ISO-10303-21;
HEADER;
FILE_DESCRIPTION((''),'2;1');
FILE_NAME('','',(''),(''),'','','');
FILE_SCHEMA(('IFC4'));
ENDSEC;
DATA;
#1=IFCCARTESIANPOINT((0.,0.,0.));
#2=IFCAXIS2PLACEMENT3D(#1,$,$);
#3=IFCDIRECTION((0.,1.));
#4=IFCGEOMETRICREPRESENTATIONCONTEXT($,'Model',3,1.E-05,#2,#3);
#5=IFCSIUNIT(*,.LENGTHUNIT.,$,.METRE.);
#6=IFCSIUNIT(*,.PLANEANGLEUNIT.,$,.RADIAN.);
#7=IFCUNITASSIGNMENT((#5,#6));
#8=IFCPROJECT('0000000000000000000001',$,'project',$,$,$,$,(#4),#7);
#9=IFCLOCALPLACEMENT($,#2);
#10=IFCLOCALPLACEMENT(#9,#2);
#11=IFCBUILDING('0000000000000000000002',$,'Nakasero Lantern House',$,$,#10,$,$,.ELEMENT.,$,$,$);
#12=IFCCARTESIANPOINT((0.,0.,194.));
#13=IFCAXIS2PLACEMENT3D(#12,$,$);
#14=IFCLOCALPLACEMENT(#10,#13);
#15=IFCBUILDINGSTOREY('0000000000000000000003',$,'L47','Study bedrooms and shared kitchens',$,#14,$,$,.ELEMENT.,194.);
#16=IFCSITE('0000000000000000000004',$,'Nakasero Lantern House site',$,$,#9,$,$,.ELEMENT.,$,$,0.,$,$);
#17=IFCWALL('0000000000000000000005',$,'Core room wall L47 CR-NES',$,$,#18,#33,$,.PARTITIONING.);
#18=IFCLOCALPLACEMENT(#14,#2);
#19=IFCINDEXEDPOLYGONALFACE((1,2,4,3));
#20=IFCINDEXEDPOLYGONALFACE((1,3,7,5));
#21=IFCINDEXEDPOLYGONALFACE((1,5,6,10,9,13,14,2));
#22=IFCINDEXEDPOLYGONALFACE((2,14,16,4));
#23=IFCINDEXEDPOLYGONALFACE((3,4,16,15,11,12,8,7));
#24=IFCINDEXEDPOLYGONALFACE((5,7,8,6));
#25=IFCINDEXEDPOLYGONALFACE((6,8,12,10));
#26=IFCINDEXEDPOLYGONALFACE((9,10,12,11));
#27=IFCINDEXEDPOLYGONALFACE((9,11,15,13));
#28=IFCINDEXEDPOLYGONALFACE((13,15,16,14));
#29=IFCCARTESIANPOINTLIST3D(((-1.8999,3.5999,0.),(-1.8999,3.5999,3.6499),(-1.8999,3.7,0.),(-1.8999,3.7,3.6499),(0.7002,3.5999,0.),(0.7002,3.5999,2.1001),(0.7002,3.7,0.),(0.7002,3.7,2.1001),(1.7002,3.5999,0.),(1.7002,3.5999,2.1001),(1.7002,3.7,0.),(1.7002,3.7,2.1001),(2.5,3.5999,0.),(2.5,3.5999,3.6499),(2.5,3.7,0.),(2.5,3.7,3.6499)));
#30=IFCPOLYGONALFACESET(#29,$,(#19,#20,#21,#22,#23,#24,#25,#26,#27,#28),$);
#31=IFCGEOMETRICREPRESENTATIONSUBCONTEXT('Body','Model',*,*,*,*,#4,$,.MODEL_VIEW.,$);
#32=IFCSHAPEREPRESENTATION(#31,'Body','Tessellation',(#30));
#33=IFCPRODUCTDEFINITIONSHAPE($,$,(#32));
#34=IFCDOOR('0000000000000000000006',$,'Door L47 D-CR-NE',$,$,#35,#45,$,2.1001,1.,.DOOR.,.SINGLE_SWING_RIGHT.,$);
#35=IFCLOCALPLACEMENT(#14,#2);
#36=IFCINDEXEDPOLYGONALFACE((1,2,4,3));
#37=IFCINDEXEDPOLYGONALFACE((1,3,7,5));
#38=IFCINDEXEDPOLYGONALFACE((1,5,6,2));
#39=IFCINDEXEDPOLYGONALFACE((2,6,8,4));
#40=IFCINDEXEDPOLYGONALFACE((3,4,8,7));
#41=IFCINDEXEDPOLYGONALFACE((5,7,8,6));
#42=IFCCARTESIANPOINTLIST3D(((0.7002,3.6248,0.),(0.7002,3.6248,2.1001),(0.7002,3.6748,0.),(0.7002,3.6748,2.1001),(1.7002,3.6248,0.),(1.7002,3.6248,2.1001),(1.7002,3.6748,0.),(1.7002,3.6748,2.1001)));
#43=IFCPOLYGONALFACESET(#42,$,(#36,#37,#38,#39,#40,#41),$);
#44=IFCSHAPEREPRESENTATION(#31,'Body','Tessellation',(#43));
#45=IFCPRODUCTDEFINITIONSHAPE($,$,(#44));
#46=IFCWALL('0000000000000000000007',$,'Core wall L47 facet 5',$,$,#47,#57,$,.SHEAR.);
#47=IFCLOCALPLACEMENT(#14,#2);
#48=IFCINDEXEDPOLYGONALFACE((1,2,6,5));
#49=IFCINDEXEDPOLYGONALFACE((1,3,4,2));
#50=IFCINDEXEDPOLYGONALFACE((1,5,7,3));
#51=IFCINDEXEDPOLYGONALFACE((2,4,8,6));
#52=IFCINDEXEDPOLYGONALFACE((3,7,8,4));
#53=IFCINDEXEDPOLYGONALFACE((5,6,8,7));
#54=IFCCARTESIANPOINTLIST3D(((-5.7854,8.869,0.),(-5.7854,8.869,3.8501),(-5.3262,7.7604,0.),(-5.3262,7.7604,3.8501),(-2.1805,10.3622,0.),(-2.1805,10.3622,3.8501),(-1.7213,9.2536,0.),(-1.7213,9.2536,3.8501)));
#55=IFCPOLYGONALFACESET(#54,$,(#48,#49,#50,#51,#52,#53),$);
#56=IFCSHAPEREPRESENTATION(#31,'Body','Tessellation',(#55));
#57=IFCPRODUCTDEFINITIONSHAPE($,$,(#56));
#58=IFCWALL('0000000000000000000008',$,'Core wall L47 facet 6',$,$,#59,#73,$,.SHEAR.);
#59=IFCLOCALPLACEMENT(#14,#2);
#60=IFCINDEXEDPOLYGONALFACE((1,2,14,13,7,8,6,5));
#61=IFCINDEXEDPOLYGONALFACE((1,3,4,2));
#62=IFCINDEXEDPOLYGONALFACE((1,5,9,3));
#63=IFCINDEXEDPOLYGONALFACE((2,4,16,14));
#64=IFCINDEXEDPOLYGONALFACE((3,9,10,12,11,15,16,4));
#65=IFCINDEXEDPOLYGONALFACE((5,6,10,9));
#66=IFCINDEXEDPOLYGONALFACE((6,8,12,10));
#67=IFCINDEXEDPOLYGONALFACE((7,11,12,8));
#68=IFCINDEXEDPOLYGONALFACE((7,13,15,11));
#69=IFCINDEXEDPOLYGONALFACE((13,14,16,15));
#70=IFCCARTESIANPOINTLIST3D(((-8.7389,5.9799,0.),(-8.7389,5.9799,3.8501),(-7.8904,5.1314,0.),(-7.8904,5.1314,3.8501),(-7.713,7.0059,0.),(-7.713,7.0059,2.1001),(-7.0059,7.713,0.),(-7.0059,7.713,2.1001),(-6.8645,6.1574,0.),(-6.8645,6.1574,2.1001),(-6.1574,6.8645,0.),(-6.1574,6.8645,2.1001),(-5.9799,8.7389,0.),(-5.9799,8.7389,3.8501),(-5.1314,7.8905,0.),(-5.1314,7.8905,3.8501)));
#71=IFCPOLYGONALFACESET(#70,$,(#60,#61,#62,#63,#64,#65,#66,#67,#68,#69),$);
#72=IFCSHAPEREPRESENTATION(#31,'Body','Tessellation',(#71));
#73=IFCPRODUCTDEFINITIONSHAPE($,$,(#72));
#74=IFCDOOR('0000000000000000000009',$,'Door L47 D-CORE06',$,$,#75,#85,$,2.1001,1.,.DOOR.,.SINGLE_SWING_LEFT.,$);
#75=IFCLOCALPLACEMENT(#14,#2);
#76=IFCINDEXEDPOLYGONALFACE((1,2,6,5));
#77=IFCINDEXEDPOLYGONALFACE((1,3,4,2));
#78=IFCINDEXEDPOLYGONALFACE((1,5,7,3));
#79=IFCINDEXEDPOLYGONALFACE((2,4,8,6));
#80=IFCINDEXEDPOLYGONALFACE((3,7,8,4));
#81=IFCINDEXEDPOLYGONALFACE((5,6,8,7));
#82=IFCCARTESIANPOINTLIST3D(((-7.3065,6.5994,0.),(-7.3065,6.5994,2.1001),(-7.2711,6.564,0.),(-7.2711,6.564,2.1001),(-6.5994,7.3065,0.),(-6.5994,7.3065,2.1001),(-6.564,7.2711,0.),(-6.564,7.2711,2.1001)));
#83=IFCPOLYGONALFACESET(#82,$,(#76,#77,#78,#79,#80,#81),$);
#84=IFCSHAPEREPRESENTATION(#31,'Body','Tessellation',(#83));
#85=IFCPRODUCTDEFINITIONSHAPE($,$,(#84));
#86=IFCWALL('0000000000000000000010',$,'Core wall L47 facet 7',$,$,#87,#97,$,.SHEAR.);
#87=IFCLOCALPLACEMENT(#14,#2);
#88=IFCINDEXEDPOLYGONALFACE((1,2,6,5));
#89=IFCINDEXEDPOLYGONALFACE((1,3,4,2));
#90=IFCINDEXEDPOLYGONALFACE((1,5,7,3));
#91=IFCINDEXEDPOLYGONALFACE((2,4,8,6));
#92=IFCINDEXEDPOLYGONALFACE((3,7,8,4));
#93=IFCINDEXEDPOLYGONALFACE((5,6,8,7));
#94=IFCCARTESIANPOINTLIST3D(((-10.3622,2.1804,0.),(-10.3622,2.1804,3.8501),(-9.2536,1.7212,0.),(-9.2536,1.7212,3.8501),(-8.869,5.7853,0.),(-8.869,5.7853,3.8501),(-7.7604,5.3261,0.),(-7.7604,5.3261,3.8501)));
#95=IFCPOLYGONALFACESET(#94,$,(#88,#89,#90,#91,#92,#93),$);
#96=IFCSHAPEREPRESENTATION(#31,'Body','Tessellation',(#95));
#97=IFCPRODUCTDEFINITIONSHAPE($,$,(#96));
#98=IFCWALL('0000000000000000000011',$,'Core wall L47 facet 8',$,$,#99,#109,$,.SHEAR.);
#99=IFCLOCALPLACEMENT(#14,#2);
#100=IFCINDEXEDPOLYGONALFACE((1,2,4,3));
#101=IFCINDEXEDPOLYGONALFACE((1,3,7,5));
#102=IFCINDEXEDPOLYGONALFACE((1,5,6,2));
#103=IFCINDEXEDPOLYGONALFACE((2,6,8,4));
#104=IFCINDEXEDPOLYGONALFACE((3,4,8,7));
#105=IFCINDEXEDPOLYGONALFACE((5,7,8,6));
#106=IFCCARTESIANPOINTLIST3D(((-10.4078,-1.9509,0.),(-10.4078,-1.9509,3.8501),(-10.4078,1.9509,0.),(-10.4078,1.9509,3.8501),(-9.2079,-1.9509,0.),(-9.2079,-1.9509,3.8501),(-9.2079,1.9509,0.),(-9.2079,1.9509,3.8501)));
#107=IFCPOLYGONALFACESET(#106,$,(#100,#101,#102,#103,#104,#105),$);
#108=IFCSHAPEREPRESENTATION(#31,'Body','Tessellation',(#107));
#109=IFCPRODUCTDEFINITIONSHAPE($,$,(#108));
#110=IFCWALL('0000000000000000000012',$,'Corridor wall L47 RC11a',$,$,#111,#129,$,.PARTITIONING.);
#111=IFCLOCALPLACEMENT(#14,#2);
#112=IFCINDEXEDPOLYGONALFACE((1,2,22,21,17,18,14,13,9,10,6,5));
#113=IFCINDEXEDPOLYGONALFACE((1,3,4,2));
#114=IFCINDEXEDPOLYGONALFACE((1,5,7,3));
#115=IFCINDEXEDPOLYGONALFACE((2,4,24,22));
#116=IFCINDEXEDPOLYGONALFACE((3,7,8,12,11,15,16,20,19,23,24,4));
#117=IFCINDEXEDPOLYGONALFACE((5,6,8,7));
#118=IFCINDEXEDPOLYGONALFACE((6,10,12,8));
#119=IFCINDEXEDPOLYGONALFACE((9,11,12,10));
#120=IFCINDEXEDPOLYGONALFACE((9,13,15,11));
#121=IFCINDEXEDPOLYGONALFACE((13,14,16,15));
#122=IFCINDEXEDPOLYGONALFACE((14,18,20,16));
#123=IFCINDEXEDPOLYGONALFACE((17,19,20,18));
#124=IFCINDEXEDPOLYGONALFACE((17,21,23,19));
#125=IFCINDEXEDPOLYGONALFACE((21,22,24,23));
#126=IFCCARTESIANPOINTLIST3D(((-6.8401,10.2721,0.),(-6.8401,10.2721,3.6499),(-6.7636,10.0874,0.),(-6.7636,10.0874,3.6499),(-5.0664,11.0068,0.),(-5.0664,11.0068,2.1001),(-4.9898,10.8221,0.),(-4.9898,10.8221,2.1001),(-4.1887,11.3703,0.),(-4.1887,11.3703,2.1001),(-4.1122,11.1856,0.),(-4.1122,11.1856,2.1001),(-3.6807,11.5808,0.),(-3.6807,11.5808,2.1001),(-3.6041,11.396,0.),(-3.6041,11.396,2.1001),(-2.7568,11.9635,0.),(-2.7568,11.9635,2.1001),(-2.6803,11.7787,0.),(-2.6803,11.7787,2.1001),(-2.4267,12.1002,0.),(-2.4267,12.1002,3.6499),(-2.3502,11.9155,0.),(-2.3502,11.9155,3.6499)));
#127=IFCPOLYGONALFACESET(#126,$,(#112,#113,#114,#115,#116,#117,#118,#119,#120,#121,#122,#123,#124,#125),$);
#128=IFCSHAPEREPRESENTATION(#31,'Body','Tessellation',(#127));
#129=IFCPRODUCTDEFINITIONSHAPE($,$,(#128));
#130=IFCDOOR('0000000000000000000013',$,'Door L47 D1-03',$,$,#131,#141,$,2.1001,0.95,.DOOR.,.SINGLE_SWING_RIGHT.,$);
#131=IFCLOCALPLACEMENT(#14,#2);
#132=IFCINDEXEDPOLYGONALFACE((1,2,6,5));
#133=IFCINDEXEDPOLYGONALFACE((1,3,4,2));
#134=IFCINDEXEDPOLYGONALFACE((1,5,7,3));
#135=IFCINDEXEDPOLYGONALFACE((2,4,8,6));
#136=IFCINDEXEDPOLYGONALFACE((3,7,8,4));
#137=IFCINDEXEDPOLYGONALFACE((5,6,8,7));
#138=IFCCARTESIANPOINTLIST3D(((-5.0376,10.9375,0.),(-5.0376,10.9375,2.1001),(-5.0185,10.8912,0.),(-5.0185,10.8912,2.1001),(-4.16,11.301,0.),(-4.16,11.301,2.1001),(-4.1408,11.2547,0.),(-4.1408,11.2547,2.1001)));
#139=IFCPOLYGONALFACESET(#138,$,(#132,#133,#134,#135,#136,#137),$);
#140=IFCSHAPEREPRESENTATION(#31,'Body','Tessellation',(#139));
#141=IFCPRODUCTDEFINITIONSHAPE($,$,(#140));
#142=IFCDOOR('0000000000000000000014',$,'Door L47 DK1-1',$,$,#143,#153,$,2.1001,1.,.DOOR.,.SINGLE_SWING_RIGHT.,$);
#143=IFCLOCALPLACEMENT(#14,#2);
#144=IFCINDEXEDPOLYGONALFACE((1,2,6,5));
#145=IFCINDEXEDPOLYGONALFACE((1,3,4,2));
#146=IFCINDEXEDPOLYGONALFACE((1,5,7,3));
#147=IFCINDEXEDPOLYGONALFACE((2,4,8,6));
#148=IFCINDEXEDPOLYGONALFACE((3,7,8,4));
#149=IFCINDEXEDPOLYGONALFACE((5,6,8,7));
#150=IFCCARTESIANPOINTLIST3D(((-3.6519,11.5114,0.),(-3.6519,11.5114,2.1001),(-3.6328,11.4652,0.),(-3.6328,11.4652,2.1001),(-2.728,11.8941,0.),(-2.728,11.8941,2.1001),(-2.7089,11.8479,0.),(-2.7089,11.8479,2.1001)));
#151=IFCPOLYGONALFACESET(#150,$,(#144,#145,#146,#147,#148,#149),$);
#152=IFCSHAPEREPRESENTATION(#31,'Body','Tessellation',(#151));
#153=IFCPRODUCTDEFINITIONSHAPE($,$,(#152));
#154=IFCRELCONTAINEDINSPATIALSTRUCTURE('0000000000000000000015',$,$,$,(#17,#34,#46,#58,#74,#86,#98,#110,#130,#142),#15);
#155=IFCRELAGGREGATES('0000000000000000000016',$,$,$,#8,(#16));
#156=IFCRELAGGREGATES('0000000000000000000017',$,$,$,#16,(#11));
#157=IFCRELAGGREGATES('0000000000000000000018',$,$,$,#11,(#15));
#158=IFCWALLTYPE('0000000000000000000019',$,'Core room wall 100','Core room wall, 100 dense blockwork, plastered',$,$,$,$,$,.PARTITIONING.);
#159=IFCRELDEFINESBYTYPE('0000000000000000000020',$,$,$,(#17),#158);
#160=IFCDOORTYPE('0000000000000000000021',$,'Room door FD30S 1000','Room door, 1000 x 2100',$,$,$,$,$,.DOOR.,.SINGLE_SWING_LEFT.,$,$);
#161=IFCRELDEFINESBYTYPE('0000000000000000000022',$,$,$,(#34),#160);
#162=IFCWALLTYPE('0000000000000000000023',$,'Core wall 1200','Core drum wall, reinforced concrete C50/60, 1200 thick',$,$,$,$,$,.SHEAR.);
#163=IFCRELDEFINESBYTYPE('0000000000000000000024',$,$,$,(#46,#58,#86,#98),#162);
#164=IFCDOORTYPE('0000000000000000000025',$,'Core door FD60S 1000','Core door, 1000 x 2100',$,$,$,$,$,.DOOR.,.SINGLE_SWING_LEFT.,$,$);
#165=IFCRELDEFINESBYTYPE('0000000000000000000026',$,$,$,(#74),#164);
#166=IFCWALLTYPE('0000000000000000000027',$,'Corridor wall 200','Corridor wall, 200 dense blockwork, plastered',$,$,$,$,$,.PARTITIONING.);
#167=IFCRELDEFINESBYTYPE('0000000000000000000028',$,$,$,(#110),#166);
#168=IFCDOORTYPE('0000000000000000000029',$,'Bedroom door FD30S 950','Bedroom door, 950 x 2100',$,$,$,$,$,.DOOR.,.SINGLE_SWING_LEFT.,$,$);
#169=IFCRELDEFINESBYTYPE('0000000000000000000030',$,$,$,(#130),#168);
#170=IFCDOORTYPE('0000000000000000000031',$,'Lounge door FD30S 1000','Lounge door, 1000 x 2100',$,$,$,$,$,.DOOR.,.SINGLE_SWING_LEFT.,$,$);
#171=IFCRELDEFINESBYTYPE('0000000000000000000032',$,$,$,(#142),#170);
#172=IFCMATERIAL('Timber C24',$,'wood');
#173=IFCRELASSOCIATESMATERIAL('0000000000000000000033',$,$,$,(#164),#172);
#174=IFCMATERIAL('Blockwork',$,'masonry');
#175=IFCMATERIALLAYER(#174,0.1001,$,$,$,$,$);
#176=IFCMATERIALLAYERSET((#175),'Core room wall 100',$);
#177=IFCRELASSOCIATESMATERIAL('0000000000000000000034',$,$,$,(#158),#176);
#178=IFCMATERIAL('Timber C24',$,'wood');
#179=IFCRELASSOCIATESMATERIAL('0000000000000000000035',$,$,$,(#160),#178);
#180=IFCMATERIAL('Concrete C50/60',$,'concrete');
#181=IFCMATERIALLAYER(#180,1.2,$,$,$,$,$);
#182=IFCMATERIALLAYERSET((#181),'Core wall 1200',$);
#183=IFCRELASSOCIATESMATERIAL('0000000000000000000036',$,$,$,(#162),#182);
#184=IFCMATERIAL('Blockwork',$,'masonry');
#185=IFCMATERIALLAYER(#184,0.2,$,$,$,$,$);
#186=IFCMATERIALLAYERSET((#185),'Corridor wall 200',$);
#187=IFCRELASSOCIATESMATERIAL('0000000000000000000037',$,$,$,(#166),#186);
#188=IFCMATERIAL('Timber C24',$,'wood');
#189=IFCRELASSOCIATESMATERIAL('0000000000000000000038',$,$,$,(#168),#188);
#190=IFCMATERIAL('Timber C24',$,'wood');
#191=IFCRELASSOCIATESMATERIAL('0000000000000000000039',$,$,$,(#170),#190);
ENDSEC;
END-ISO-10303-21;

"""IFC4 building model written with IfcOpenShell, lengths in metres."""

from ifc_helpers import new_model, si_unit, direction, frame, frame_2d, origin, place, context, subcontext, project, spatial, rectangle, extrude, material, layer, layer_set, type_object, element, fill, save


model = new_model("IFC4")

# Units and contexts
model_context = context("Model", 3, precision=1e-05, world=origin(), true_north=direction((0.0, 1.0)))
body_context = subcontext(model_context, "Body", "Model", "MODEL_VIEW")
ifc_project = project(units=[si_unit("LENGTHUNIT", "METRE"), si_unit("PLANEANGLEUNIT", "RADIAN")], contexts=[model_context])

# Site, building, storey
site_placement = place(None, origin())
site = spatial("IfcSite", under=ifc_project, at=site_placement, Name="Nakasero Lantern House site", CompositionType="ELEMENT", RefElevation=0.0)
building_placement = place(site_placement, origin())
building = spatial("IfcBuilding", under=site, at=building_placement, Name="Nakasero Lantern House", CompositionType="ELEMENT")
storey_placement = place(building_placement, frame((0.0, 0.0, 194.0)))
storey = spatial("IfcBuildingStorey", under=building, at=storey_placement, Name="L47", Description="Study bedrooms and shared kitchens", CompositionType="ELEMENT", Elevation=194.0)

# Shared definitions
ifc_material_1 = material(Name="Timber C24", Category="wood")
door_type_1 = type_object("IfcDoorType", Name="Core door FD60S 1000", Description="Core door, 1000 x 2100", OperationType="SINGLE_SWING_LEFT", PredefinedType="DOOR", material=ifc_material_1)

# Wall, opening, door
ifc_material_2 = material(Name="Blockwork", Category="masonry")
ifc_layer_1 = layer(ifc_material_2, 0.1001)
ifc_layer_set_1 = layer_set([ifc_layer_1], Name="Core room wall 100")
wall_type_1 = type_object("IfcWallType", Name="Core room wall 100", Description="Core room wall, 100 dense blockwork, plastered", PredefinedType="PARTITIONING", material=ifc_layer_set_1)
wall_1_placement = place(storey_placement, frame((-1.8999, 3.6499, 0.0), z_axis=(0.0, 0.0, 1.0), x_axis=(1.0, 0.0, 0.0)))
wall_1 = element("IfcWall", 1, at=wall_1_placement, inside=storey, type_object=wall_type_1, Name="Core room wall L47 CR-NES", PredefinedType="PARTITIONING", context=body_context, shape_type="SweptSolid", body=[
    extrude(rectangle(XDim=4.3999, YDim=0.1001, at=frame_2d((2.2, 0.0))), origin(), (0.0, 0.0, 1.0), 3.6499),
])
opening_1_placement = place(wall_1_placement, frame((2.6001, 0.0, 0.0)))
opening_1 = element("IfcOpeningElement", 2, at=opening_1_placement, cuts=wall_1, PredefinedType="OPENING", context=body_context, shape_type="SweptSolid", body=[
    extrude(rectangle(XDim=1.0, YDim=2.1001, at=frame_2d((0.5, 1.05))), frame((0.0, 0.0701, 0.0), z_axis=(0.0, -1.0, 0.0), x_axis=(1.0, 0.0, 0.0)), (0.0, 0.0, 1.0), 0.1401),
])
ifc_material_3 = material(Name="Timber C24", Category="wood")
door_type_2 = type_object("IfcDoorType", Name="Room door FD30S 1000", Description="Room door, 1000 x 2100", OperationType="SINGLE_SWING_LEFT", PredefinedType="DOOR", material=ifc_material_3)
door_1_placement = place(opening_1_placement, origin())
door_1 = element("IfcDoor", 3, at=door_1_placement, inside=storey, type_object=door_type_2, Name="Door L47 D-CR-NE", OperationType="SINGLE_SWING_RIGHT", OverallHeight=2.1001, OverallWidth=1.0, PredefinedType="DOOR", context=body_context, shape_type="SweptSolid", body=[
    extrude(rectangle(XDim=1.0, YDim=2.1001, at=frame_2d((0.5, 1.05))), frame((0.0, 0.0249, 0.0), z_axis=(0.0, -1.0, 0.0), x_axis=(1.0, 0.0, 0.0)), (0.0, 0.0, 1.0), 0.05),
])
fill(opening_1, door_1)

# Wall
ifc_material_4 = material(Name="Concrete C50/60", Category="concrete")
ifc_layer_2 = layer(ifc_material_4, 1.2)
ifc_layer_set_2 = layer_set([ifc_layer_2], Name="Core wall 1200")
wall_type_2 = type_object("IfcWallType", Name="Core wall 1200", Description="Core drum wall, reinforced concrete C50/60, 1200 thick", PredefinedType="SHEAR", material=ifc_layer_set_2)
wall_2_placement = place(storey_placement, frame((-1.9509, 9.8079, 0.0), z_axis=(0.0, 0.0, 1.0), x_axis=(-0.923877, -0.382691, 0.0)))
element("IfcWall", 4, at=wall_2_placement, inside=storey, type_object=wall_type_2, Name="Core wall L47 facet 5", PredefinedType="SHEAR", context=body_context, shape_type="SweptSolid", body=[
    extrude(rectangle(XDim=3.9019, YDim=1.2, at=frame_2d((1.9509, 0.0))), origin(), (0.0, 0.0, 1.0), 3.8501),
])

# Wall, opening, door
wall_3_placement = place(storey_placement, frame((-5.5557, 8.3147, 0.0), z_axis=(0.0, 0.0, 1.0), x_axis=(-0.707107, -0.707107, 0.0)))
wall_3 = element("IfcWall", 5, at=wall_3_placement, inside=storey, type_object=wall_type_2, Name="Core wall L47 facet 6", PredefinedType="SHEAR", context=body_context, shape_type="SweptSolid", body=[
    extrude(rectangle(XDim=3.9019, YDim=1.2, at=frame_2d((1.9509, 0.0))), origin(), (0.0, 0.0, 1.0), 3.8501),
])
opening_2_placement = place(wall_3_placement, frame((1.4509, 0.0, 0.0)))
opening_2 = element("IfcOpeningElement", 6, at=opening_2_placement, cuts=wall_3, PredefinedType="OPENING", context=body_context, shape_type="SweptSolid", body=[
    extrude(rectangle(XDim=1.0, YDim=2.1001, at=frame_2d((0.5, 1.05))), frame((0.0, 0.6199, 0.0), z_axis=(0.0, -1.0, 0.0), x_axis=(1.0, 0.0, 0.0)), (0.0, 0.0, 1.0), 1.24),
])
door_2_placement = place(opening_2_placement, origin())
door_2 = element("IfcDoor", 7, at=door_2_placement, inside=storey, type_object=door_type_1, Name="Door L47 D-CORE06", OperationType="SINGLE_SWING_LEFT", OverallHeight=2.1001, OverallWidth=1.0, PredefinedType="DOOR", context=body_context, shape_type="SweptSolid", body=[
    extrude(rectangle(XDim=1.0, YDim=2.1001, at=frame_2d((0.5, 1.05))), frame((0.0, 0.0249, 0.0), z_axis=(0.0, -1.0, 0.0), x_axis=(1.0, 0.0, 0.0)), (0.0, 0.0, 1.0), 0.05),
])
fill(opening_2, door_2)

# Walls
for number, where, z_axis, x_axis, name in (
    (8, (-8.3147, 5.5557, 0.0), (0.0, 0.0, 1.0), (-0.382691, -0.923877, 0.0), "Core wall L47 facet 7"),
    (9, (-9.8079, 1.9509, 0.0), (0.0, 0.0, 1.0), (0.0, -1.0, 0.0), "Core wall L47 facet 8"),
):
    element("IfcWall", number, at=place(storey_placement, frame(where, z_axis=z_axis, x_axis=x_axis)), inside=storey, type_object=wall_type_2, Name=name, PredefinedType="SHEAR", context=body_context, shape_type="SweptSolid", body=[
        extrude(rectangle(XDim=3.9019, YDim=1.2, at=frame_2d((1.9509, 0.0))), origin(), (0.0, 0.0, 1.0), 3.8501),
    ])

# Wall, openings, doors
ifc_material_5 = material(Name="Blockwork", Category="masonry")
ifc_layer_3 = layer(ifc_material_5, 0.2)
ifc_layer_set_3 = layer_set([ifc_layer_3], Name="Corridor wall 200")
wall_type_3 = type_object("IfcWallType", Name="Corridor wall 200", Description="Corridor wall, 200 dense blockwork, plastered", PredefinedType="PARTITIONING", material=ifc_layer_set_3)
wall_4_placement = place(storey_placement, frame((-6.802, 10.1797, 0.0), z_axis=(0.0, 0.0, 1.0), x_axis=(0.923882, 0.382677, 0.0)))
wall_4 = element("IfcWall", 10, at=wall_4_placement, inside=storey, type_object=wall_type_3, Name="Corridor wall L47 RC11a", PredefinedType="PARTITIONING", context=body_context, shape_type="SweptSolid", body=[
    extrude(rectangle(XDim=4.7771, YDim=0.2, at=frame_2d((2.3887, 0.0))), origin(), (0.0, 0.0, 1.0), 3.6499),
])
opening_3_placement = place(wall_4_placement, frame((1.9199, 0.0, 0.0)))
opening_3 = element("IfcOpeningElement", 11, at=opening_3_placement, cuts=wall_4, PredefinedType="OPENING", context=body_context, shape_type="SweptSolid", body=[
    extrude(rectangle(XDim=0.95, YDim=2.1001, at=frame_2d((0.4751, 1.05))), frame((0.0, 0.1199, 0.0), z_axis=(0.0, -1.0, 0.0), x_axis=(1.0, 0.0, 0.0)), (0.0, 0.0, 1.0), 0.24),
])
opening_4_placement = place(wall_4_placement, frame((3.4199, 0.0, 0.0)))
opening_4 = element("IfcOpeningElement", 12, at=opening_4_placement, cuts=wall_4, PredefinedType="OPENING", context=body_context, shape_type="SweptSolid", body=[
    extrude(rectangle(XDim=1.0, YDim=2.1001, at=frame_2d((0.5, 1.05))), frame((0.0, 0.1199, 0.0), z_axis=(0.0, -1.0, 0.0), x_axis=(1.0, 0.0, 0.0)), (0.0, 0.0, 1.0), 0.24),
])
ifc_material_6 = material(Name="Timber C24", Category="wood")
door_type_3 = type_object("IfcDoorType", Name="Bedroom door FD30S 950", Description="Bedroom door, 950 x 2100", OperationType="SINGLE_SWING_LEFT", PredefinedType="DOOR", material=ifc_material_6)
door_3_placement = place(opening_3_placement, origin())
door_3 = element("IfcDoor", 13, at=door_3_placement, inside=storey, type_object=door_type_3, Name="Door L47 D1-03", OperationType="SINGLE_SWING_RIGHT", OverallHeight=2.1001, OverallWidth=0.95, PredefinedType="DOOR", context=body_context, shape_type="SweptSolid", body=[
    extrude(rectangle(XDim=0.95, YDim=2.1001, at=frame_2d((0.4751, 1.05))), frame((0.0, 0.0249, 0.0), z_axis=(0.0, -1.0, 0.0), x_axis=(1.0, 0.0, 0.0)), (0.0, 0.0, 1.0), 0.05),
])
fill(opening_3, door_3)
ifc_material_7 = material(Name="Timber C24", Category="wood")
door_type_4 = type_object("IfcDoorType", Name="Lounge door FD30S 1000", Description="Lounge door, 1000 x 2100", OperationType="SINGLE_SWING_LEFT", PredefinedType="DOOR", material=ifc_material_7)
door_4_placement = place(opening_4_placement, origin())
door_4 = element("IfcDoor", 14, at=door_4_placement, inside=storey, type_object=door_type_4, Name="Door L47 DK1-1", OperationType="SINGLE_SWING_RIGHT", OverallHeight=2.1001, OverallWidth=1.0, PredefinedType="DOOR", context=body_context, shape_type="SweptSolid", body=[
    extrude(rectangle(XDim=1.0, YDim=2.1001, at=frame_2d((0.5, 1.05))), frame((0.0, 0.0249, 0.0), z_axis=(0.0, -1.0, 0.0), x_axis=(1.0, 0.0, 0.0)), (0.0, 0.0, 1.0), 0.05),
])
fill(opening_4, door_4)

save(model, "model.ifc")
